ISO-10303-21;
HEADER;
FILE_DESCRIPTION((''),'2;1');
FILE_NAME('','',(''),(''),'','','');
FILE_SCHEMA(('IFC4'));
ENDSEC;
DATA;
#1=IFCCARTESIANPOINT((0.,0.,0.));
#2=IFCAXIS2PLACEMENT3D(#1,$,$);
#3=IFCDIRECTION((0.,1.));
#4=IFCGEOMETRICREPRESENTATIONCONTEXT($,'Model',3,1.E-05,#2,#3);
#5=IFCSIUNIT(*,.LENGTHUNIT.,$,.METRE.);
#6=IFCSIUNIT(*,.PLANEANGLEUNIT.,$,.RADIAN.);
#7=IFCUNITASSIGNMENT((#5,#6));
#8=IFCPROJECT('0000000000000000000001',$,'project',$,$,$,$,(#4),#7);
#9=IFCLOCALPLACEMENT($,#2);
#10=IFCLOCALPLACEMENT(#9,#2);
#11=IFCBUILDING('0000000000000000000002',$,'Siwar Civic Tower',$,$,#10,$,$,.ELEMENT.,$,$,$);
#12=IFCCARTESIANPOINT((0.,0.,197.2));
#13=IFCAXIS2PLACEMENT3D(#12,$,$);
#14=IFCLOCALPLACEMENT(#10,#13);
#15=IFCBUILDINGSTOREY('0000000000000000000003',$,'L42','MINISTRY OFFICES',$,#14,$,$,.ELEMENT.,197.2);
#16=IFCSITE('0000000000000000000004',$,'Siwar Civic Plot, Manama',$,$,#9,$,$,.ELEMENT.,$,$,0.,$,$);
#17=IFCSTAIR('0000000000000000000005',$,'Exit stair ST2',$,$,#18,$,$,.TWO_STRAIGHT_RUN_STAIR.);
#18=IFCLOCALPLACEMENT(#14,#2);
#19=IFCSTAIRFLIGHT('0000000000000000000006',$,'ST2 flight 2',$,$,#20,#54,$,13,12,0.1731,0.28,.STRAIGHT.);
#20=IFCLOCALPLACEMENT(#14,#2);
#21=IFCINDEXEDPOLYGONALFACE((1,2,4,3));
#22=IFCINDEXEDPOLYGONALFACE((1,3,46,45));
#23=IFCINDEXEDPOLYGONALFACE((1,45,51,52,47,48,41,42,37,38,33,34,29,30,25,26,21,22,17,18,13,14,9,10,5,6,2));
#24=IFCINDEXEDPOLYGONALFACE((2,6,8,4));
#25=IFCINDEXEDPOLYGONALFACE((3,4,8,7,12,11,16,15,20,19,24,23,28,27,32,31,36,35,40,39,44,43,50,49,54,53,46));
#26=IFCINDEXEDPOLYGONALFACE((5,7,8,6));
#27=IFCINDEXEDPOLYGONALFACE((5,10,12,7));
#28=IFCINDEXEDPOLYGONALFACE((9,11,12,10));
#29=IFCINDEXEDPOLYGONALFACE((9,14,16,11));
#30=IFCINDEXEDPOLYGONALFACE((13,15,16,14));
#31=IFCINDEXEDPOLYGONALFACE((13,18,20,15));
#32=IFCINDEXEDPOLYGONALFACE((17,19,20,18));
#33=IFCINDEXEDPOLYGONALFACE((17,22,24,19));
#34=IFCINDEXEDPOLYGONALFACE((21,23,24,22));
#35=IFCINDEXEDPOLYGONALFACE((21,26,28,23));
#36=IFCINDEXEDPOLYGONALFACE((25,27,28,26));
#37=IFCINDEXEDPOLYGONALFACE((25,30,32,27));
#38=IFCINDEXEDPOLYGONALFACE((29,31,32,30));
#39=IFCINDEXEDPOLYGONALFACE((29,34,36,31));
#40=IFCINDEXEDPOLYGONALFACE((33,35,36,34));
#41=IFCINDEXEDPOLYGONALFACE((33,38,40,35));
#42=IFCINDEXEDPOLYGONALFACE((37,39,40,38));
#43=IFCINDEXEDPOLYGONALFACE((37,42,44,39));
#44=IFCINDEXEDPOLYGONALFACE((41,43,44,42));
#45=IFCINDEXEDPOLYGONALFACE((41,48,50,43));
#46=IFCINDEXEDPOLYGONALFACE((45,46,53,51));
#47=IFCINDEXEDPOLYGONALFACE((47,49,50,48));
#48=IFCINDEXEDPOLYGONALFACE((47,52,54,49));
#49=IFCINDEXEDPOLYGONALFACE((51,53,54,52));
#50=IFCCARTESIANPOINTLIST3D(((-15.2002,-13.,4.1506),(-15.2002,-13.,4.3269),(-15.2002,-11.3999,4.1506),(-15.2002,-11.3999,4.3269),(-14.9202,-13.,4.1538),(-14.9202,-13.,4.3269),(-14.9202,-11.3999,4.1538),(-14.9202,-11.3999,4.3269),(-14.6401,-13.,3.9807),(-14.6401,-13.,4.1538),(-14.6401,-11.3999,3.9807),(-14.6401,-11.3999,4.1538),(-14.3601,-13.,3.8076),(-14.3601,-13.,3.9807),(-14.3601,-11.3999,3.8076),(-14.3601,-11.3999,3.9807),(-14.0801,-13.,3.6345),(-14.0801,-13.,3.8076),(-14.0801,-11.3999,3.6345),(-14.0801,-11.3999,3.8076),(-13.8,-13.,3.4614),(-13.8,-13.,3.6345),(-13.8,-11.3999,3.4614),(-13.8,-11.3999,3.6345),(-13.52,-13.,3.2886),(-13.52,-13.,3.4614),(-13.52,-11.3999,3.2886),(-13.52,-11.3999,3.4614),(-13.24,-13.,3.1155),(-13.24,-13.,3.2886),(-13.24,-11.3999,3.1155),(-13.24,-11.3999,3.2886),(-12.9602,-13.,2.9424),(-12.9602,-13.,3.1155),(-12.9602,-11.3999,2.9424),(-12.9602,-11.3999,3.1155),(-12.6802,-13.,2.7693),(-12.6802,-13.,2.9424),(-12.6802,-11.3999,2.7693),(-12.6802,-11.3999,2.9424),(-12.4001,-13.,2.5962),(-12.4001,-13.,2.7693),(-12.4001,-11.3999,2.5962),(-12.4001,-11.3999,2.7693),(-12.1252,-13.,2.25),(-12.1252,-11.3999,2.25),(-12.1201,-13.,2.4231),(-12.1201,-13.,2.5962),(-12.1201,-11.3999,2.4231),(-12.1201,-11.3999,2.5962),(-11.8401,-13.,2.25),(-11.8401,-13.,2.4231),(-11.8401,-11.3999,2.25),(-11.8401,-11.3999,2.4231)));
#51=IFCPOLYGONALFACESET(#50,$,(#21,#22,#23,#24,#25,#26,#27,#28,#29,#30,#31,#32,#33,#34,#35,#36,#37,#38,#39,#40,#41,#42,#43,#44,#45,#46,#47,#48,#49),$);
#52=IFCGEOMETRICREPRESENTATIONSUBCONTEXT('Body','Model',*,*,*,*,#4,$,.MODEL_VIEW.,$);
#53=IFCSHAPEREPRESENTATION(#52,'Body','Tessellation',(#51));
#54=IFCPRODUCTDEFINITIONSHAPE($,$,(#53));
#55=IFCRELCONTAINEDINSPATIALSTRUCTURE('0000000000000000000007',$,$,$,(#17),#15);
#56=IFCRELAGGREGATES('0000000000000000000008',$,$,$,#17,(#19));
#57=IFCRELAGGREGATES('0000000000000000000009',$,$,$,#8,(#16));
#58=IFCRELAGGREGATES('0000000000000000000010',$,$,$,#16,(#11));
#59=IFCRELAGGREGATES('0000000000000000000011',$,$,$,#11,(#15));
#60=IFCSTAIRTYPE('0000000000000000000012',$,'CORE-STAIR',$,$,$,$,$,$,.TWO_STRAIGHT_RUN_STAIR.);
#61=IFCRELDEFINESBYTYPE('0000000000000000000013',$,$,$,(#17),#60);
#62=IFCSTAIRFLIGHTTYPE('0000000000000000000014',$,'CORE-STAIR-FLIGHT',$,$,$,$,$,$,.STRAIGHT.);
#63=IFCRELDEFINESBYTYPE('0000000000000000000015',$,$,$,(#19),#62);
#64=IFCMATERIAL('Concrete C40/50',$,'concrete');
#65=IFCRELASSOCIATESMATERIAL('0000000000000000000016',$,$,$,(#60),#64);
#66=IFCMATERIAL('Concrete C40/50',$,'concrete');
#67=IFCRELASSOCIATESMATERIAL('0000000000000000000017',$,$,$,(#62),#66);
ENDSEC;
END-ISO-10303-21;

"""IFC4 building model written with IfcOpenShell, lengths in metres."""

from ifc_helpers import new_model, si_unit, direction, frame, origin, place, context, subcontext, project, spatial, polyline, outline, extrude, material, type_object, element, aggregate, save


model = new_model("IFC4")

# Units and contexts
model_context = context("Model", 3, precision=1e-05, world=origin(), true_north=direction((0.0, 1.0)))
body_context = subcontext(model_context, "Body", "Model", "MODEL_VIEW")
ifc_project = project(units=[si_unit("LENGTHUNIT", "METRE"), si_unit("PLANEANGLEUNIT", "RADIAN")], contexts=[model_context])

# Site, building, storey
site_placement = place(None, origin())
site = spatial("IfcSite", under=ifc_project, at=site_placement, Name="Siwar Civic Plot, Manama", CompositionType="ELEMENT", RefElevation=0.0)
building_placement = place(site_placement, origin())
building = spatial("IfcBuilding", under=site, at=building_placement, Name="Siwar Civic Tower", CompositionType="ELEMENT")
storey_placement = place(building_placement, frame((0.0, 0.0, 197.2)))
storey = spatial("IfcBuildingStorey", under=building, at=storey_placement, Name="L42", Description="MINISTRY OFFICES", CompositionType="ELEMENT", Elevation=197.2)

# Stair, stair flight
ifc_material_1 = material(Name="Concrete C40/50", Category="concrete")
stair_type = type_object("IfcStairType", Name="CORE-STAIR", PredefinedType="TWO_STRAIGHT_RUN_STAIR", material=ifc_material_1)
stair_placement = place(storey_placement, origin())
stair = element("IfcStair", 1, at=stair_placement, inside=storey, type_object=stair_type, Name="Exit stair ST2", PredefinedType="TWO_STRAIGHT_RUN_STAIR")
ifc_material_2 = material(Name="Concrete C40/50", Category="concrete")
stair_flight_type = type_object("IfcStairFlightType", Name="CORE-STAIR-FLIGHT", PredefinedType="STRAIGHT", material=ifc_material_2)
stair_flight_1_placement = place(storey_placement, frame((-11.8401, -12.2, 2.25), z_axis=(0.0, 0.0, 1.0), x_axis=(-1.0, 0.0, 0.0)))
stair_flight_1 = element("IfcStairFlight", 2, at=stair_flight_1_placement, type_object=stair_flight_type, Name="ST2 flight 2", NumberOfRisers=13, NumberOfTreads=12, PredefinedType="STRAIGHT", RiserHeight=0.1731, TreadLength=0.28, context=body_context, shape_type="SweptSolid", body=[
    extrude(outline(polyline([(0.0, 0.0), (0.0, 0.1731), (0.28, 0.1731), (0.28, 0.3462), (0.5601, 0.3462), (0.5601, 0.5193), (0.8401, 0.5193), (0.8401, 0.6924), (1.1201, 0.6924), (1.1201, 0.8655), (1.3999, 0.8655), (1.3999, 1.0386), (1.6799, 1.0386), (1.6799, 1.2114), (1.96, 1.2114), (1.96, 1.3845), (2.24, 1.3845), (2.24, 1.5576), (2.52, 1.5576), (2.52, 1.7307), (2.8, 1.7307), (2.8, 1.9038), (3.0801, 1.9038), (3.0801, 2.0769), (3.3601, 2.0769), (3.3601, 2.25), (3.3601, 1.9006), (0.2852, 0.0), (0.0, 0.0)])), frame((0.0, 0.8, 0.0), z_axis=(0.0, -1.0, 0.0), x_axis=(1.0, 0.0, 0.0)), (0.0, 0.0, 1.0), 1.6001),
])
aggregate(stair, [stair_flight_1])

save(model, "model.ifc")
